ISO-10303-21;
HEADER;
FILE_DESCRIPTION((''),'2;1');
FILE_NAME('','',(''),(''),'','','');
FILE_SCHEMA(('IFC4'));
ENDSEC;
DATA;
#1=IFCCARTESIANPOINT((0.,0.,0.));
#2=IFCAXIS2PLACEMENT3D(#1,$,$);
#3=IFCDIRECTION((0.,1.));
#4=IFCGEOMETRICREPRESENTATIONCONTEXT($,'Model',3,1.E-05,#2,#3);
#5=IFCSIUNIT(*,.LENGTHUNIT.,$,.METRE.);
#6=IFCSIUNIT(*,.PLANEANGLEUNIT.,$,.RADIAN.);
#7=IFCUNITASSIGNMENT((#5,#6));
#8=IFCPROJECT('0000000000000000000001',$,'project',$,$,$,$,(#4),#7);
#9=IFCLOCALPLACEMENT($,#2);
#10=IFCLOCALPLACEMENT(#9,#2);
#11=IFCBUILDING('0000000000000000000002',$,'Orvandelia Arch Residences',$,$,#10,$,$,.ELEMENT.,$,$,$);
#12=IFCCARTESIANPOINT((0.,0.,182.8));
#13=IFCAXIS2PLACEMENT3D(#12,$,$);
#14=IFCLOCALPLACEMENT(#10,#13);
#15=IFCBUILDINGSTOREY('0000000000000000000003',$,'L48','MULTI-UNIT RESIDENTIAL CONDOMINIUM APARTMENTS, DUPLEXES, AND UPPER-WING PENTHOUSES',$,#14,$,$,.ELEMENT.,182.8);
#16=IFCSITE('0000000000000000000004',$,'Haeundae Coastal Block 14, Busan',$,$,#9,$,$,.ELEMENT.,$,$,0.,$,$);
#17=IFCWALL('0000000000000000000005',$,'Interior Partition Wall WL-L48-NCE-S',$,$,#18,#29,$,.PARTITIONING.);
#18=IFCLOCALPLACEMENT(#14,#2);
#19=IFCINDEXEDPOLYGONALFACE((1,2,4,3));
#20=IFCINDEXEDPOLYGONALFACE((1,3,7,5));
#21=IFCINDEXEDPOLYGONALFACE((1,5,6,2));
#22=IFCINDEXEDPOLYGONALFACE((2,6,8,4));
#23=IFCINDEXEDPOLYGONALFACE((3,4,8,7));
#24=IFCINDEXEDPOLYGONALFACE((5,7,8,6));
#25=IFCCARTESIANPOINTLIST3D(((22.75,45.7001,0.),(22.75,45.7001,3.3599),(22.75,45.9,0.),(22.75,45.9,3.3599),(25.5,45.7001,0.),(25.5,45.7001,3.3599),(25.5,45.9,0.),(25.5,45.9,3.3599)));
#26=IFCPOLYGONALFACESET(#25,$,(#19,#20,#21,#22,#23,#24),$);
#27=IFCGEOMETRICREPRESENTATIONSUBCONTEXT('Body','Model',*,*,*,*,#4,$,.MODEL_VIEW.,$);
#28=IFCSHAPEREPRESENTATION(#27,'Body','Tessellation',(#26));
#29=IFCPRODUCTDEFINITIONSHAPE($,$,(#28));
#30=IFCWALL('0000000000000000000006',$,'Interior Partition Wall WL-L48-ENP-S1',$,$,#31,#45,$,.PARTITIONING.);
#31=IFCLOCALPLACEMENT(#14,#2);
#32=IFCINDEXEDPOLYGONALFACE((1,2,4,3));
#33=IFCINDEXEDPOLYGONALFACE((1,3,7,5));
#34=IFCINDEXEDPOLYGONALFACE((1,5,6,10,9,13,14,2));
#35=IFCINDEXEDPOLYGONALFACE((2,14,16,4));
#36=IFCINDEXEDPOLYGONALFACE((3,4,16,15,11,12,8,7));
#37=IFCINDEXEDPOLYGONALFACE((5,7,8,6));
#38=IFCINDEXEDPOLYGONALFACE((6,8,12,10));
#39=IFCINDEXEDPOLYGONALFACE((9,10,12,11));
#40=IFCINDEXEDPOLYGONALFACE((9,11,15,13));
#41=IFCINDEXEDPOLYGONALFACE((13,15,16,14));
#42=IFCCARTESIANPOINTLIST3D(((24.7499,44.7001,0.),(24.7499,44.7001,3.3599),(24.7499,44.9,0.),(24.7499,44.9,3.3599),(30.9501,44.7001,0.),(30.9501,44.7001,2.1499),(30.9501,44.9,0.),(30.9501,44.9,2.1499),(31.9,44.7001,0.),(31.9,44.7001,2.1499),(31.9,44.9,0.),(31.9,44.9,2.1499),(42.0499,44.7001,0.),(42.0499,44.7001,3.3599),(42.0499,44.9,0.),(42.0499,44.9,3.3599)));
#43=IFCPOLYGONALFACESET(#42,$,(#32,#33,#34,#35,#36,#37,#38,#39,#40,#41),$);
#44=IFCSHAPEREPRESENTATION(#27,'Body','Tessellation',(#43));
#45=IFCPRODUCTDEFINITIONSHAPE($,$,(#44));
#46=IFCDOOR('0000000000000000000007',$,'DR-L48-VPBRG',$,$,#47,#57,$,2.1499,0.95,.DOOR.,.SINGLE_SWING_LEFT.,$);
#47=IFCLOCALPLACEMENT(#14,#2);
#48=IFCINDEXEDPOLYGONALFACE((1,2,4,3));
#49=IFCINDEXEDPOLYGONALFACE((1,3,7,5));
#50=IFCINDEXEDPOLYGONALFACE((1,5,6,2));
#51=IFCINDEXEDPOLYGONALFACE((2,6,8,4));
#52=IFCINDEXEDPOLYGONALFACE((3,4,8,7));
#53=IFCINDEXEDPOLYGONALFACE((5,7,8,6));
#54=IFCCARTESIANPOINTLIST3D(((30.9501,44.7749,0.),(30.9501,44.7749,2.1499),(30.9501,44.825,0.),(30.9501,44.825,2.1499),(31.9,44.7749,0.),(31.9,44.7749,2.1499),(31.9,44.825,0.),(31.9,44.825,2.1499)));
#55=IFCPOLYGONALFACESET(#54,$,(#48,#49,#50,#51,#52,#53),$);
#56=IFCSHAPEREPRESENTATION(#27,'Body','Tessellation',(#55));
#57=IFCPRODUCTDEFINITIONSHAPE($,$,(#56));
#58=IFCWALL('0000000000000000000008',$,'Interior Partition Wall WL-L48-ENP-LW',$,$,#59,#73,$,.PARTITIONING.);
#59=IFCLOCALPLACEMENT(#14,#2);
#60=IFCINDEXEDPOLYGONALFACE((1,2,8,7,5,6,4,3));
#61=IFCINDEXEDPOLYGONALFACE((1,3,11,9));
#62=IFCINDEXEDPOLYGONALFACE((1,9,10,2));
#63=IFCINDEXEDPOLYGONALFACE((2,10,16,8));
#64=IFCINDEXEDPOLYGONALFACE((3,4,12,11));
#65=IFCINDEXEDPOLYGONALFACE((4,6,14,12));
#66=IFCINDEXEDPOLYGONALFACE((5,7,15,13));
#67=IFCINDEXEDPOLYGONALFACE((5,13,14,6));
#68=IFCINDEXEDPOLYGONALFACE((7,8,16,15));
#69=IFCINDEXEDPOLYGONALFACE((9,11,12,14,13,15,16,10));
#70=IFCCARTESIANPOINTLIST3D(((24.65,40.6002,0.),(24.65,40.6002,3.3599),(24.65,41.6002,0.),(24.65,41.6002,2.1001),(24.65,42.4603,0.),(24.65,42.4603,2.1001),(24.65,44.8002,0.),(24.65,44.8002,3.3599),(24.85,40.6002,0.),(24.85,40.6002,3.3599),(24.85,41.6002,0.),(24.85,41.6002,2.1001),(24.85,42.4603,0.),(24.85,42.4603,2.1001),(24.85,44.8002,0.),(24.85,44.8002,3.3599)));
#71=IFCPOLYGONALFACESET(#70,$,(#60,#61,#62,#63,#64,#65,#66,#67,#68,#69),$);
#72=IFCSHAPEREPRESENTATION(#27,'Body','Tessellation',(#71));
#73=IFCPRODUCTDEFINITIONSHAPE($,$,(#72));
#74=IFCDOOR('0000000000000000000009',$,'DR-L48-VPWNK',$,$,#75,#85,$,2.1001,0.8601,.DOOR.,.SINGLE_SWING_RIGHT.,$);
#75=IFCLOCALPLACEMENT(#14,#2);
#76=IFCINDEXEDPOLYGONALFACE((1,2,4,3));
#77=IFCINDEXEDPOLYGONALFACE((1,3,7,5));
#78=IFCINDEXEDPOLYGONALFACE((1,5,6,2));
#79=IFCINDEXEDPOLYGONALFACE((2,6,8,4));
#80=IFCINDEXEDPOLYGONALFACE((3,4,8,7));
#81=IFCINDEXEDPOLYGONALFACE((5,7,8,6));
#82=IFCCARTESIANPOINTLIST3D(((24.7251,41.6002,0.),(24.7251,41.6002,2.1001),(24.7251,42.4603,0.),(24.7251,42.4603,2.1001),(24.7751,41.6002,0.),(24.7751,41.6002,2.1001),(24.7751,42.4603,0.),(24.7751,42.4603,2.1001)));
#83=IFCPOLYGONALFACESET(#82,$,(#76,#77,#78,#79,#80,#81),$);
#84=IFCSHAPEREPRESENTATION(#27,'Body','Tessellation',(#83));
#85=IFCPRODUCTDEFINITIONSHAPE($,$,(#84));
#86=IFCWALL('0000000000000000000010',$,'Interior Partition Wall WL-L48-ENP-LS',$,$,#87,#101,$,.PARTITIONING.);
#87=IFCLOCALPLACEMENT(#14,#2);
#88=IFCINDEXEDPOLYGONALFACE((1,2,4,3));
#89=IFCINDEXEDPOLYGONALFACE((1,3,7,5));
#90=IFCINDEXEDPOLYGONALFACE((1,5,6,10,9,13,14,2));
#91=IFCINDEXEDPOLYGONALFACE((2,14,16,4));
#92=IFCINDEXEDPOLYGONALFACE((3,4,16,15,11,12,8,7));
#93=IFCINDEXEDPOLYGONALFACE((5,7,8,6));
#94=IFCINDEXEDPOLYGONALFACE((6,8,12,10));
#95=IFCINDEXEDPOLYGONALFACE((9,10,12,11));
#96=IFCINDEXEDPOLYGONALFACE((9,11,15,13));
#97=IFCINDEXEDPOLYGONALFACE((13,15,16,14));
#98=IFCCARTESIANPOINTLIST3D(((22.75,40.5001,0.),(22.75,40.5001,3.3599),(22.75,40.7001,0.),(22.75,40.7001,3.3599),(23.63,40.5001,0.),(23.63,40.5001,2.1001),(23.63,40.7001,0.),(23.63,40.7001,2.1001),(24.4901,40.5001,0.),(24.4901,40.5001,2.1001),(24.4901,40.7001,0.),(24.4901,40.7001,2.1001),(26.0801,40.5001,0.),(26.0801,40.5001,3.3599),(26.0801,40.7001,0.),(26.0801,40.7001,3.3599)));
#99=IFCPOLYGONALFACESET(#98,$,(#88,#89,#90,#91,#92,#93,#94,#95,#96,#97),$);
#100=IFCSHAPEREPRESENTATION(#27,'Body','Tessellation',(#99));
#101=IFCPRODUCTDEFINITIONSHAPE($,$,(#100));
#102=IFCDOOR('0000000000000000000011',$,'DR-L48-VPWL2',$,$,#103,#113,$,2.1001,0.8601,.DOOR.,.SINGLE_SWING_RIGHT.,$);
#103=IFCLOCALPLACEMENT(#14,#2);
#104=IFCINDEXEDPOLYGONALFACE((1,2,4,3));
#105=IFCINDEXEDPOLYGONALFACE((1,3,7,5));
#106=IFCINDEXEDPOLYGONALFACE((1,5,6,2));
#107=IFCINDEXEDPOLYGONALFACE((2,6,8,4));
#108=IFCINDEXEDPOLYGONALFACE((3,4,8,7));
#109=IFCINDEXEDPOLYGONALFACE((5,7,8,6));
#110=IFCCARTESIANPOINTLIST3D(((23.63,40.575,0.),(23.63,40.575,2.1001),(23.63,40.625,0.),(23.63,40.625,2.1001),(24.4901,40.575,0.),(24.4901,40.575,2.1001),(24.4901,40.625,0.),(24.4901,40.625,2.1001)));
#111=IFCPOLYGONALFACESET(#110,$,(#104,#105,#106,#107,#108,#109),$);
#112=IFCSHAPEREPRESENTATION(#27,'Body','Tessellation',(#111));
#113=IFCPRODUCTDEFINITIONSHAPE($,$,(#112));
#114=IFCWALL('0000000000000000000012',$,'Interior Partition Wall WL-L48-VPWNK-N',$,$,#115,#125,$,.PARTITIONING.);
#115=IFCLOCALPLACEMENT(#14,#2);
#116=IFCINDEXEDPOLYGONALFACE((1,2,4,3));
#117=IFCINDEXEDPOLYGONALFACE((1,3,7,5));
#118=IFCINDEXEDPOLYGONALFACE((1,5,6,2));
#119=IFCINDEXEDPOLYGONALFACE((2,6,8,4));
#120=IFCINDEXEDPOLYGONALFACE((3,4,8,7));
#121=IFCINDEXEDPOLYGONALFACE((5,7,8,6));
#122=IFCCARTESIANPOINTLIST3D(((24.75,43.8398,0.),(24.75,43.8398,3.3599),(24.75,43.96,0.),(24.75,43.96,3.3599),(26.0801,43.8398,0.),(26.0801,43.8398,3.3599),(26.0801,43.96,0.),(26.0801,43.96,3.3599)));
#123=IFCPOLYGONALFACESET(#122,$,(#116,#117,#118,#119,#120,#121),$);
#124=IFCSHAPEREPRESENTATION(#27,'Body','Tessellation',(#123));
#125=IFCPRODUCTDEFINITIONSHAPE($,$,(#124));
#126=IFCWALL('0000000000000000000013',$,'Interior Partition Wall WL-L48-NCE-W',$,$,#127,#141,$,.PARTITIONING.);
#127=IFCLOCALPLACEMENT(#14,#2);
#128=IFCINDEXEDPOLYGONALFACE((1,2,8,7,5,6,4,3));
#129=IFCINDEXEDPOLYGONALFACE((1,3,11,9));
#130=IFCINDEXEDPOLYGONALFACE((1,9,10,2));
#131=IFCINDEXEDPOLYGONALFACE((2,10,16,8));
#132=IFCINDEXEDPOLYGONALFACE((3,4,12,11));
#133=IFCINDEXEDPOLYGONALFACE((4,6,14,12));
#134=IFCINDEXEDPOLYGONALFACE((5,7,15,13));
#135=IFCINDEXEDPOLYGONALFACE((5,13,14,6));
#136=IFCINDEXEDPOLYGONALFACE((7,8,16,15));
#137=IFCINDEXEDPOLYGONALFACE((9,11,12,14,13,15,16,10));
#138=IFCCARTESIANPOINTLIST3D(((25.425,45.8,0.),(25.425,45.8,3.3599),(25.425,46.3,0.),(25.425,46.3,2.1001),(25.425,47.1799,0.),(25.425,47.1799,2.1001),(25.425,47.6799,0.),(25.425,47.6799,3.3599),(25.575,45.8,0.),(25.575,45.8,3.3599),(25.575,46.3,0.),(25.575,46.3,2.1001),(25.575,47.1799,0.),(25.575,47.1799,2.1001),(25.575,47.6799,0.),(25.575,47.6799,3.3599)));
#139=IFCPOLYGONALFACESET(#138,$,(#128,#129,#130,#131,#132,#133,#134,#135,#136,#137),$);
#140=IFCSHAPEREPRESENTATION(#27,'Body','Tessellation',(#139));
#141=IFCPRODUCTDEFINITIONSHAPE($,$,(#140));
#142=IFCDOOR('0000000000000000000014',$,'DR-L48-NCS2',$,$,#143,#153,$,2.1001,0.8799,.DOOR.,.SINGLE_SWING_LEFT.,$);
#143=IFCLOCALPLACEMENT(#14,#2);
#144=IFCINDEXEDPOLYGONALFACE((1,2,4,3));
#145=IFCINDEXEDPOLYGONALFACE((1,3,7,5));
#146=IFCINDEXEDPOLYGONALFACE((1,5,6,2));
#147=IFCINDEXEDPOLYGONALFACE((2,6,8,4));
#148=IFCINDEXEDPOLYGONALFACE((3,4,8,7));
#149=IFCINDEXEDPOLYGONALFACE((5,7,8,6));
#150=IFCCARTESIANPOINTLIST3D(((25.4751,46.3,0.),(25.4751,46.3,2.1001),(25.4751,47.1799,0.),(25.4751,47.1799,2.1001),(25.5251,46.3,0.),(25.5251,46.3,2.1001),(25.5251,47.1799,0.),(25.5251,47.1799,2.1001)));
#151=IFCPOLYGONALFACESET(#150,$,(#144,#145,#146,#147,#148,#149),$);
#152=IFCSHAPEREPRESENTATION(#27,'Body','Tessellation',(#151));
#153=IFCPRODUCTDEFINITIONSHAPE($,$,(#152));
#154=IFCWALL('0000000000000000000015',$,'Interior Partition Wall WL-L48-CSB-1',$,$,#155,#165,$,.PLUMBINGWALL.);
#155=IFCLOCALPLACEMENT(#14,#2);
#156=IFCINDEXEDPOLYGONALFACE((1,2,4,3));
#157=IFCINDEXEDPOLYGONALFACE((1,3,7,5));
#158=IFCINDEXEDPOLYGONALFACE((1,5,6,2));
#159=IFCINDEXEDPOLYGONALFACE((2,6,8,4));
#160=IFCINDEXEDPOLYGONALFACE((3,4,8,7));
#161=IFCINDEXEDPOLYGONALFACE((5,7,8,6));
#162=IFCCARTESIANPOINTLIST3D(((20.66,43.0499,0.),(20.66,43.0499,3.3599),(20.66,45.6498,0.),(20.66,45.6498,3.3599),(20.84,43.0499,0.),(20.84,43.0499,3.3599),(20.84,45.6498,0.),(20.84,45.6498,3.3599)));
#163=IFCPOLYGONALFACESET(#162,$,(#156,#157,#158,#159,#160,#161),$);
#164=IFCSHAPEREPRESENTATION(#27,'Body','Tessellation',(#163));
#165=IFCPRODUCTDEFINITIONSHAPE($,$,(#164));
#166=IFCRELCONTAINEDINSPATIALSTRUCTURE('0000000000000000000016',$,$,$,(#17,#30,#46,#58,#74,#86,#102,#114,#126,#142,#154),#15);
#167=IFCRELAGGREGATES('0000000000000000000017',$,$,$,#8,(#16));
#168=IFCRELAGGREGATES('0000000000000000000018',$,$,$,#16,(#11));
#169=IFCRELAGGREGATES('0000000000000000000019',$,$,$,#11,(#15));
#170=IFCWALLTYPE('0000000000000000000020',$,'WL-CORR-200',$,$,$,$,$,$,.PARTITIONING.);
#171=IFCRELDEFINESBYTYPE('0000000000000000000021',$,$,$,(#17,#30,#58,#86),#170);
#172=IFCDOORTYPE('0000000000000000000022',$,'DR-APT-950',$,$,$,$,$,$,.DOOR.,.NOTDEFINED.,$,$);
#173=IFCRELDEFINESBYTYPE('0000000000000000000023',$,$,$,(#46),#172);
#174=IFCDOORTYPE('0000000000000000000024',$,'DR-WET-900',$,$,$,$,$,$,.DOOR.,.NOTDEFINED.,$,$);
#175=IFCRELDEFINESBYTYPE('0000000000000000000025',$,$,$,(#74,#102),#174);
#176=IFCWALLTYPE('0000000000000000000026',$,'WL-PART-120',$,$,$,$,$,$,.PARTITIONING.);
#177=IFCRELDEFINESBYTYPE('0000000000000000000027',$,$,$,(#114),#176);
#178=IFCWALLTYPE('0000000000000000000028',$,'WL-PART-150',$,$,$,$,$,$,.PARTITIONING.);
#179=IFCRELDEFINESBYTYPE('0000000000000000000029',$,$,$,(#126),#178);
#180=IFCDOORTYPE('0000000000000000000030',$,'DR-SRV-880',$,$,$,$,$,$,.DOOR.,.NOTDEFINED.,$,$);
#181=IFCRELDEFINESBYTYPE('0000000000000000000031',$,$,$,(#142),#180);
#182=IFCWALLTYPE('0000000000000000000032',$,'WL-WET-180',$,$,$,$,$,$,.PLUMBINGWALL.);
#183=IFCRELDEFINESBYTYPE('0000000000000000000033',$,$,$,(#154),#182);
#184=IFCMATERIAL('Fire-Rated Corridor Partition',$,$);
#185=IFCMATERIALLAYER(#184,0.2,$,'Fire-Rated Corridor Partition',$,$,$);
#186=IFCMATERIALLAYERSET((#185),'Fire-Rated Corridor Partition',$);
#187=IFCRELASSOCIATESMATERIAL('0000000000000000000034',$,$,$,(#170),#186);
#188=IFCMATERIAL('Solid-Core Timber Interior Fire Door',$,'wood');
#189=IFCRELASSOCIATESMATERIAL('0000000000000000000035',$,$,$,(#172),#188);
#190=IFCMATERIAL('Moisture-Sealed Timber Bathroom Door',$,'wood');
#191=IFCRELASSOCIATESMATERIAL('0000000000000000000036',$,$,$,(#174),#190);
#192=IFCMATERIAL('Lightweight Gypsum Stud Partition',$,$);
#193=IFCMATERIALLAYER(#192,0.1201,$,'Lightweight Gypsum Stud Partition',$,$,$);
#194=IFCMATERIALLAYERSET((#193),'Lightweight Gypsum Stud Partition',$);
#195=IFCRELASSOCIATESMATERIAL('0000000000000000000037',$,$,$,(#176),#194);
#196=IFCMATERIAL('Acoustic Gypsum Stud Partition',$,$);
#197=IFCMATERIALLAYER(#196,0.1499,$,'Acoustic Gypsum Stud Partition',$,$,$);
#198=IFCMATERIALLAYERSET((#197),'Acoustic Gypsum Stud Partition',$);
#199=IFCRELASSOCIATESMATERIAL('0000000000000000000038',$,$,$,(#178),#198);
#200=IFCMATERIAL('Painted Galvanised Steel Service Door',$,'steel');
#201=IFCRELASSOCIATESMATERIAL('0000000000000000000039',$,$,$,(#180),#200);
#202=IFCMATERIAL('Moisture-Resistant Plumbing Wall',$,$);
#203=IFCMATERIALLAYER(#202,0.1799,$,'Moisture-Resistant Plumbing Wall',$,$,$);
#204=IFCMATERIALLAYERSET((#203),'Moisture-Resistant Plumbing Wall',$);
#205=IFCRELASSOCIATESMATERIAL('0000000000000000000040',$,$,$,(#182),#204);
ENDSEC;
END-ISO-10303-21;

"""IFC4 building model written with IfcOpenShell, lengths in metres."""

from ifc_helpers import new_model, si_unit, direction, frame, frame_2d, origin, place, context, subcontext, project, spatial, rectangle, extrude, material, layer, layer_set, type_object, element, fill, save


model = new_model("IFC4")

# Units and contexts
model_context = context("Model", 3, precision=1e-05, world=origin(), true_north=direction((0.0, 1.0)))
body_context = subcontext(model_context, "Body", "Model", "MODEL_VIEW")
ifc_project = project(units=[si_unit("LENGTHUNIT", "METRE"), si_unit("PLANEANGLEUNIT", "RADIAN")], contexts=[model_context])

# Site, building, storey
site_placement = place(None, origin())
site = spatial("IfcSite", under=ifc_project, at=site_placement, Name="Haeundae Coastal Block 14, Busan", CompositionType="ELEMENT", RefElevation=0.0)
building_placement = place(site_placement, origin())
building = spatial("IfcBuilding", under=site, at=building_placement, Name="Orvandelia Arch Residences", CompositionType="ELEMENT")
storey_placement = place(building_placement, frame((0.0, 0.0, 182.8)))
storey = spatial("IfcBuildingStorey", under=building, at=storey_placement, Name="L48", Description="MULTI-UNIT RESIDENTIAL CONDOMINIUM APARTMENTS, DUPLEXES, AND UPPER-WING PENTHOUSES", CompositionType="ELEMENT", Elevation=182.8)

# Wall
ifc_material_1 = material(Name="Fire-Rated Corridor Partition")
ifc_layer_1 = layer(ifc_material_1, 0.2, Name="Fire-Rated Corridor Partition")
ifc_layer_set_1 = layer_set([ifc_layer_1], Name="Fire-Rated Corridor Partition")
wall_type_1 = type_object("IfcWallType", Name="WL-CORR-200", PredefinedType="PARTITIONING", material=ifc_layer_set_1)
wall_1_placement = place(storey_placement, frame((22.75, 45.8, 0.0), z_axis=(0.0, 0.0, 1.0), x_axis=(1.0, 0.0, 0.0)))
element("IfcWall", 1, at=wall_1_placement, inside=storey, type_object=wall_type_1, Name="Interior Partition Wall WL-L48-NCE-S", PredefinedType="PARTITIONING", context=body_context, shape_type="SweptSolid", body=[
    extrude(rectangle(XDim=2.75, YDim=0.2, at=frame_2d((1.375, 0.0))), origin(), (0.0, 0.0, 1.0), 3.3599),
])

# Walls, openings, doors
wall_2_placement = place(storey_placement, frame((24.75, 44.8, 0.0), z_axis=(0.0, 0.0, 1.0), x_axis=(1.0, 0.0, 0.0)))
wall_2 = element("IfcWall", 2, at=wall_2_placement, inside=storey, type_object=wall_type_1, Name="Interior Partition Wall WL-L48-ENP-S1", PredefinedType="PARTITIONING", context=body_context, shape_type="SweptSolid", body=[
    extrude(rectangle(XDim=17.3, YDim=0.2, at=frame_2d((8.6499, 0.0))), origin(), (0.0, 0.0, 1.0), 3.3599),
])
opening_1_placement = place(wall_2_placement, frame((6.2, 0.0, 0.0)))
opening_1 = element("IfcOpeningElement", 3, at=opening_1_placement, cuts=wall_2, PredefinedType="OPENING", context=body_context, shape_type="SweptSolid", body=[
    extrude(rectangle(XDim=0.95, YDim=2.1499, at=frame_2d((0.4751, 1.075))), frame((0.0, 0.1099, 0.0), z_axis=(0.0, -1.0, 0.0), x_axis=(1.0, 0.0, 0.0)), (0.0, 0.0, 1.0), 0.22),
])
ifc_material_2 = material(Name="Solid-Core Timber Interior Fire Door", Category="wood")
door_type_1 = type_object("IfcDoorType", Name="DR-APT-950", OperationType="NOTDEFINED", PredefinedType="DOOR", material=ifc_material_2)
door_1_placement = place(opening_1_placement, origin())
door_1 = element("IfcDoor", 4, at=door_1_placement, inside=storey, type_object=door_type_1, Name="DR-L48-VPBRG", OperationType="SINGLE_SWING_LEFT", OverallHeight=2.1499, OverallWidth=0.95, PredefinedType="DOOR", context=body_context, shape_type="SweptSolid", body=[
    extrude(rectangle(XDim=0.95, YDim=2.1499, at=frame_2d((0.4751, 1.075))), frame((0.0, 0.0249, 0.0), z_axis=(0.0, -1.0, 0.0), x_axis=(1.0, 0.0, 0.0)), (0.0, 0.0, 1.0), 0.05),
])
fill(opening_1, door_1)
wall_3_placement = place(storey_placement, frame((24.75, 40.6001, 0.0), z_axis=(0.0, 0.0, 1.0), x_axis=(0.0, 1.0, 0.0)))
wall_3 = element("IfcWall", 5, at=wall_3_placement, inside=storey, type_object=wall_type_1, Name="Interior Partition Wall WL-L48-ENP-LW", PredefinedType="PARTITIONING", context=body_context, shape_type="SweptSolid", body=[
    extrude(rectangle(XDim=4.2, YDim=0.2, at=frame_2d((2.1001, 0.0))), origin(), (0.0, 0.0, 1.0), 3.3599),
])
opening_2_placement = place(wall_3_placement, frame((1.0, 0.0, 0.0)))
opening_2 = element("IfcOpeningElement", 6, at=opening_2_placement, cuts=wall_3, PredefinedType="OPENING", context=body_context, shape_type="SweptSolid", body=[
    extrude(rectangle(XDim=0.8601, YDim=2.1001, at=frame_2d((0.4302, 1.05))), frame((0.0, 0.1099, 0.0), z_axis=(0.0, -1.0, 0.0), x_axis=(1.0, 0.0, 0.0)), (0.0, 0.0, 1.0), 0.22),
])
ifc_material_3 = material(Name="Moisture-Sealed Timber Bathroom Door", Category="wood")
door_type_2 = type_object("IfcDoorType", Name="DR-WET-900", OperationType="NOTDEFINED", PredefinedType="DOOR", material=ifc_material_3)
door_2_placement = place(opening_2_placement, origin())
door_2 = element("IfcDoor", 7, at=door_2_placement, inside=storey, type_object=door_type_2, Name="DR-L48-VPWNK", OperationType="SINGLE_SWING_RIGHT", OverallHeight=2.1001, OverallWidth=0.8601, PredefinedType="DOOR", context=body_context, shape_type="SweptSolid", body=[
    extrude(rectangle(XDim=0.8601, YDim=2.1001, at=frame_2d((0.4302, 1.05))), frame((0.0, 0.0249, 0.0), z_axis=(0.0, -1.0, 0.0), x_axis=(1.0, 0.0, 0.0)), (0.0, 0.0, 1.0), 0.05),
])
fill(opening_2, door_2)
wall_4_placement = place(storey_placement, frame((22.75, 40.6001, 0.0), z_axis=(0.0, 0.0, 1.0), x_axis=(1.0, 0.0, 0.0)))
wall_4 = element("IfcWall", 8, at=wall_4_placement, inside=storey, type_object=wall_type_1, Name="Interior Partition Wall WL-L48-ENP-LS", PredefinedType="PARTITIONING", context=body_context, shape_type="SweptSolid", body=[
    extrude(rectangle(XDim=3.3301, YDim=0.2, at=frame_2d((1.665, 0.0))), origin(), (0.0, 0.0, 1.0), 3.3599),
])
opening_3_placement = place(wall_4_placement, frame((0.8799, 0.0, 0.0)))
opening_3 = element("IfcOpeningElement", 9, at=opening_3_placement, cuts=wall_4, PredefinedType="OPENING", context=body_context, shape_type="SweptSolid", body=[
    extrude(rectangle(XDim=0.8601, YDim=2.1001, at=frame_2d((0.4302, 1.05))), frame((0.0, 0.1099, 0.0), z_axis=(0.0, -1.0, 0.0), x_axis=(1.0, 0.0, 0.0)), (0.0, 0.0, 1.0), 0.22),
])
door_3_placement = place(opening_3_placement, origin())
door_3 = element("IfcDoor", 10, at=door_3_placement, inside=storey, type_object=door_type_2, Name="DR-L48-VPWL2", OperationType="SINGLE_SWING_RIGHT", OverallHeight=2.1001, OverallWidth=0.8601, PredefinedType="DOOR", context=body_context, shape_type="SweptSolid", body=[
    extrude(rectangle(XDim=0.8601, YDim=2.1001, at=frame_2d((0.4302, 1.05))), frame((0.0, 0.0249, 0.0), z_axis=(0.0, -1.0, 0.0), x_axis=(1.0, 0.0, 0.0)), (0.0, 0.0, 1.0), 0.05),
])
fill(opening_3, door_3)

# Wall
ifc_material_4 = material(Name="Lightweight Gypsum Stud Partition")
ifc_layer_2 = layer(ifc_material_4, 0.1201, Name="Lightweight Gypsum Stud Partition")
ifc_layer_set_2 = layer_set([ifc_layer_2], Name="Lightweight Gypsum Stud Partition")
wall_type_2 = type_object("IfcWallType", Name="WL-PART-120", PredefinedType="PARTITIONING", material=ifc_layer_set_2)
wall_5_placement = place(storey_placement, frame((24.75, 43.8999, 0.0), z_axis=(0.0, 0.0, 1.0), x_axis=(1.0, 0.0, 0.0)))
element("IfcWall", 11, at=wall_5_placement, inside=storey, type_object=wall_type_2, Name="Interior Partition Wall WL-L48-VPWNK-N", PredefinedType="PARTITIONING", context=body_context, shape_type="SweptSolid", body=[
    extrude(rectangle(XDim=1.3301, YDim=0.1201, at=frame_2d((0.665, 0.0))), origin(), (0.0, 0.0, 1.0), 3.3599),
])

# Wall, opening, door
ifc_material_5 = material(Name="Acoustic Gypsum Stud Partition")
ifc_layer_3 = layer(ifc_material_5, 0.1499, Name="Acoustic Gypsum Stud Partition")
ifc_layer_set_3 = layer_set([ifc_layer_3], Name="Acoustic Gypsum Stud Partition")
wall_type_3 = type_object("IfcWallType", Name="WL-PART-150", PredefinedType="PARTITIONING", material=ifc_layer_set_3)
wall_6_placement = place(storey_placement, frame((25.5, 45.8, 0.0), z_axis=(0.0, 0.0, 1.0), x_axis=(0.0, 1.0, 0.0)))
wall_6 = element("IfcWall", 12, at=wall_6_placement, inside=storey, type_object=wall_type_3, Name="Interior Partition Wall WL-L48-NCE-W", PredefinedType="PARTITIONING", context=body_context, shape_type="SweptSolid", body=[
    extrude(rectangle(XDim=1.8799, YDim=0.1499, at=frame_2d((0.9399, 0.0))), origin(), (0.0, 0.0, 1.0), 3.3599),
])
opening_4_placement = place(wall_6_placement, frame((0.5, 0.0, 0.0)))
opening_4 = element("IfcOpeningElement", 13, at=opening_4_placement, cuts=wall_6, PredefinedType="OPENING", context=body_context, shape_type="SweptSolid", body=[
    extrude(rectangle(XDim=0.8799, YDim=2.1001, at=frame_2d((0.4399, 1.05))), frame((0.0, 0.085, 0.0), z_axis=(0.0, -1.0, 0.0), x_axis=(1.0, 0.0, 0.0)), (0.0, 0.0, 1.0), 0.1699),
])
ifc_material_6 = material(Name="Painted Galvanised Steel Service Door", Category="steel")
door_type_3 = type_object("IfcDoorType", Name="DR-SRV-880", OperationType="NOTDEFINED", PredefinedType="DOOR", material=ifc_material_6)
door_4_placement = place(opening_4_placement, origin())
door_4 = element("IfcDoor", 14, at=door_4_placement, inside=storey, type_object=door_type_3, Name="DR-L48-NCS2", OperationType="SINGLE_SWING_LEFT", OverallHeight=2.1001, OverallWidth=0.8799, PredefinedType="DOOR", context=body_context, shape_type="SweptSolid", body=[
    extrude(rectangle(XDim=0.8799, YDim=2.1001, at=frame_2d((0.4399, 1.05))), frame((0.0, 0.0249, 0.0), z_axis=(0.0, -1.0, 0.0), x_axis=(1.0, 0.0, 0.0)), (0.0, 0.0, 1.0), 0.05),
])
fill(opening_4, door_4)

# Wall
ifc_material_7 = material(Name="Moisture-Resistant Plumbing Wall")
ifc_layer_4 = layer(ifc_material_7, 0.1799, Name="Moisture-Resistant Plumbing Wall")
ifc_layer_set_4 = layer_set([ifc_layer_4], Name="Moisture-Resistant Plumbing Wall")
wall_type_4 = type_object("IfcWallType", Name="WL-WET-180", PredefinedType="PLUMBINGWALL", material=ifc_layer_set_4)
wall_7_placement = place(storey_placement, frame((20.75, 43.05, 0.0), z_axis=(0.0, 0.0, 1.0), x_axis=(0.0, 1.0, 0.0)))
element("IfcWall", 15, at=wall_7_placement, inside=storey, type_object=wall_type_4, Name="Interior Partition Wall WL-L48-CSB-1", PredefinedType="PLUMBINGWALL", context=body_context, shape_type="SweptSolid", body=[
    extrude(rectangle(XDim=2.5999, YDim=0.1799, at=frame_2d((1.2998, 0.0))), origin(), (0.0, 0.0, 1.0), 3.3599),
])

save(model, "model.ifc")
